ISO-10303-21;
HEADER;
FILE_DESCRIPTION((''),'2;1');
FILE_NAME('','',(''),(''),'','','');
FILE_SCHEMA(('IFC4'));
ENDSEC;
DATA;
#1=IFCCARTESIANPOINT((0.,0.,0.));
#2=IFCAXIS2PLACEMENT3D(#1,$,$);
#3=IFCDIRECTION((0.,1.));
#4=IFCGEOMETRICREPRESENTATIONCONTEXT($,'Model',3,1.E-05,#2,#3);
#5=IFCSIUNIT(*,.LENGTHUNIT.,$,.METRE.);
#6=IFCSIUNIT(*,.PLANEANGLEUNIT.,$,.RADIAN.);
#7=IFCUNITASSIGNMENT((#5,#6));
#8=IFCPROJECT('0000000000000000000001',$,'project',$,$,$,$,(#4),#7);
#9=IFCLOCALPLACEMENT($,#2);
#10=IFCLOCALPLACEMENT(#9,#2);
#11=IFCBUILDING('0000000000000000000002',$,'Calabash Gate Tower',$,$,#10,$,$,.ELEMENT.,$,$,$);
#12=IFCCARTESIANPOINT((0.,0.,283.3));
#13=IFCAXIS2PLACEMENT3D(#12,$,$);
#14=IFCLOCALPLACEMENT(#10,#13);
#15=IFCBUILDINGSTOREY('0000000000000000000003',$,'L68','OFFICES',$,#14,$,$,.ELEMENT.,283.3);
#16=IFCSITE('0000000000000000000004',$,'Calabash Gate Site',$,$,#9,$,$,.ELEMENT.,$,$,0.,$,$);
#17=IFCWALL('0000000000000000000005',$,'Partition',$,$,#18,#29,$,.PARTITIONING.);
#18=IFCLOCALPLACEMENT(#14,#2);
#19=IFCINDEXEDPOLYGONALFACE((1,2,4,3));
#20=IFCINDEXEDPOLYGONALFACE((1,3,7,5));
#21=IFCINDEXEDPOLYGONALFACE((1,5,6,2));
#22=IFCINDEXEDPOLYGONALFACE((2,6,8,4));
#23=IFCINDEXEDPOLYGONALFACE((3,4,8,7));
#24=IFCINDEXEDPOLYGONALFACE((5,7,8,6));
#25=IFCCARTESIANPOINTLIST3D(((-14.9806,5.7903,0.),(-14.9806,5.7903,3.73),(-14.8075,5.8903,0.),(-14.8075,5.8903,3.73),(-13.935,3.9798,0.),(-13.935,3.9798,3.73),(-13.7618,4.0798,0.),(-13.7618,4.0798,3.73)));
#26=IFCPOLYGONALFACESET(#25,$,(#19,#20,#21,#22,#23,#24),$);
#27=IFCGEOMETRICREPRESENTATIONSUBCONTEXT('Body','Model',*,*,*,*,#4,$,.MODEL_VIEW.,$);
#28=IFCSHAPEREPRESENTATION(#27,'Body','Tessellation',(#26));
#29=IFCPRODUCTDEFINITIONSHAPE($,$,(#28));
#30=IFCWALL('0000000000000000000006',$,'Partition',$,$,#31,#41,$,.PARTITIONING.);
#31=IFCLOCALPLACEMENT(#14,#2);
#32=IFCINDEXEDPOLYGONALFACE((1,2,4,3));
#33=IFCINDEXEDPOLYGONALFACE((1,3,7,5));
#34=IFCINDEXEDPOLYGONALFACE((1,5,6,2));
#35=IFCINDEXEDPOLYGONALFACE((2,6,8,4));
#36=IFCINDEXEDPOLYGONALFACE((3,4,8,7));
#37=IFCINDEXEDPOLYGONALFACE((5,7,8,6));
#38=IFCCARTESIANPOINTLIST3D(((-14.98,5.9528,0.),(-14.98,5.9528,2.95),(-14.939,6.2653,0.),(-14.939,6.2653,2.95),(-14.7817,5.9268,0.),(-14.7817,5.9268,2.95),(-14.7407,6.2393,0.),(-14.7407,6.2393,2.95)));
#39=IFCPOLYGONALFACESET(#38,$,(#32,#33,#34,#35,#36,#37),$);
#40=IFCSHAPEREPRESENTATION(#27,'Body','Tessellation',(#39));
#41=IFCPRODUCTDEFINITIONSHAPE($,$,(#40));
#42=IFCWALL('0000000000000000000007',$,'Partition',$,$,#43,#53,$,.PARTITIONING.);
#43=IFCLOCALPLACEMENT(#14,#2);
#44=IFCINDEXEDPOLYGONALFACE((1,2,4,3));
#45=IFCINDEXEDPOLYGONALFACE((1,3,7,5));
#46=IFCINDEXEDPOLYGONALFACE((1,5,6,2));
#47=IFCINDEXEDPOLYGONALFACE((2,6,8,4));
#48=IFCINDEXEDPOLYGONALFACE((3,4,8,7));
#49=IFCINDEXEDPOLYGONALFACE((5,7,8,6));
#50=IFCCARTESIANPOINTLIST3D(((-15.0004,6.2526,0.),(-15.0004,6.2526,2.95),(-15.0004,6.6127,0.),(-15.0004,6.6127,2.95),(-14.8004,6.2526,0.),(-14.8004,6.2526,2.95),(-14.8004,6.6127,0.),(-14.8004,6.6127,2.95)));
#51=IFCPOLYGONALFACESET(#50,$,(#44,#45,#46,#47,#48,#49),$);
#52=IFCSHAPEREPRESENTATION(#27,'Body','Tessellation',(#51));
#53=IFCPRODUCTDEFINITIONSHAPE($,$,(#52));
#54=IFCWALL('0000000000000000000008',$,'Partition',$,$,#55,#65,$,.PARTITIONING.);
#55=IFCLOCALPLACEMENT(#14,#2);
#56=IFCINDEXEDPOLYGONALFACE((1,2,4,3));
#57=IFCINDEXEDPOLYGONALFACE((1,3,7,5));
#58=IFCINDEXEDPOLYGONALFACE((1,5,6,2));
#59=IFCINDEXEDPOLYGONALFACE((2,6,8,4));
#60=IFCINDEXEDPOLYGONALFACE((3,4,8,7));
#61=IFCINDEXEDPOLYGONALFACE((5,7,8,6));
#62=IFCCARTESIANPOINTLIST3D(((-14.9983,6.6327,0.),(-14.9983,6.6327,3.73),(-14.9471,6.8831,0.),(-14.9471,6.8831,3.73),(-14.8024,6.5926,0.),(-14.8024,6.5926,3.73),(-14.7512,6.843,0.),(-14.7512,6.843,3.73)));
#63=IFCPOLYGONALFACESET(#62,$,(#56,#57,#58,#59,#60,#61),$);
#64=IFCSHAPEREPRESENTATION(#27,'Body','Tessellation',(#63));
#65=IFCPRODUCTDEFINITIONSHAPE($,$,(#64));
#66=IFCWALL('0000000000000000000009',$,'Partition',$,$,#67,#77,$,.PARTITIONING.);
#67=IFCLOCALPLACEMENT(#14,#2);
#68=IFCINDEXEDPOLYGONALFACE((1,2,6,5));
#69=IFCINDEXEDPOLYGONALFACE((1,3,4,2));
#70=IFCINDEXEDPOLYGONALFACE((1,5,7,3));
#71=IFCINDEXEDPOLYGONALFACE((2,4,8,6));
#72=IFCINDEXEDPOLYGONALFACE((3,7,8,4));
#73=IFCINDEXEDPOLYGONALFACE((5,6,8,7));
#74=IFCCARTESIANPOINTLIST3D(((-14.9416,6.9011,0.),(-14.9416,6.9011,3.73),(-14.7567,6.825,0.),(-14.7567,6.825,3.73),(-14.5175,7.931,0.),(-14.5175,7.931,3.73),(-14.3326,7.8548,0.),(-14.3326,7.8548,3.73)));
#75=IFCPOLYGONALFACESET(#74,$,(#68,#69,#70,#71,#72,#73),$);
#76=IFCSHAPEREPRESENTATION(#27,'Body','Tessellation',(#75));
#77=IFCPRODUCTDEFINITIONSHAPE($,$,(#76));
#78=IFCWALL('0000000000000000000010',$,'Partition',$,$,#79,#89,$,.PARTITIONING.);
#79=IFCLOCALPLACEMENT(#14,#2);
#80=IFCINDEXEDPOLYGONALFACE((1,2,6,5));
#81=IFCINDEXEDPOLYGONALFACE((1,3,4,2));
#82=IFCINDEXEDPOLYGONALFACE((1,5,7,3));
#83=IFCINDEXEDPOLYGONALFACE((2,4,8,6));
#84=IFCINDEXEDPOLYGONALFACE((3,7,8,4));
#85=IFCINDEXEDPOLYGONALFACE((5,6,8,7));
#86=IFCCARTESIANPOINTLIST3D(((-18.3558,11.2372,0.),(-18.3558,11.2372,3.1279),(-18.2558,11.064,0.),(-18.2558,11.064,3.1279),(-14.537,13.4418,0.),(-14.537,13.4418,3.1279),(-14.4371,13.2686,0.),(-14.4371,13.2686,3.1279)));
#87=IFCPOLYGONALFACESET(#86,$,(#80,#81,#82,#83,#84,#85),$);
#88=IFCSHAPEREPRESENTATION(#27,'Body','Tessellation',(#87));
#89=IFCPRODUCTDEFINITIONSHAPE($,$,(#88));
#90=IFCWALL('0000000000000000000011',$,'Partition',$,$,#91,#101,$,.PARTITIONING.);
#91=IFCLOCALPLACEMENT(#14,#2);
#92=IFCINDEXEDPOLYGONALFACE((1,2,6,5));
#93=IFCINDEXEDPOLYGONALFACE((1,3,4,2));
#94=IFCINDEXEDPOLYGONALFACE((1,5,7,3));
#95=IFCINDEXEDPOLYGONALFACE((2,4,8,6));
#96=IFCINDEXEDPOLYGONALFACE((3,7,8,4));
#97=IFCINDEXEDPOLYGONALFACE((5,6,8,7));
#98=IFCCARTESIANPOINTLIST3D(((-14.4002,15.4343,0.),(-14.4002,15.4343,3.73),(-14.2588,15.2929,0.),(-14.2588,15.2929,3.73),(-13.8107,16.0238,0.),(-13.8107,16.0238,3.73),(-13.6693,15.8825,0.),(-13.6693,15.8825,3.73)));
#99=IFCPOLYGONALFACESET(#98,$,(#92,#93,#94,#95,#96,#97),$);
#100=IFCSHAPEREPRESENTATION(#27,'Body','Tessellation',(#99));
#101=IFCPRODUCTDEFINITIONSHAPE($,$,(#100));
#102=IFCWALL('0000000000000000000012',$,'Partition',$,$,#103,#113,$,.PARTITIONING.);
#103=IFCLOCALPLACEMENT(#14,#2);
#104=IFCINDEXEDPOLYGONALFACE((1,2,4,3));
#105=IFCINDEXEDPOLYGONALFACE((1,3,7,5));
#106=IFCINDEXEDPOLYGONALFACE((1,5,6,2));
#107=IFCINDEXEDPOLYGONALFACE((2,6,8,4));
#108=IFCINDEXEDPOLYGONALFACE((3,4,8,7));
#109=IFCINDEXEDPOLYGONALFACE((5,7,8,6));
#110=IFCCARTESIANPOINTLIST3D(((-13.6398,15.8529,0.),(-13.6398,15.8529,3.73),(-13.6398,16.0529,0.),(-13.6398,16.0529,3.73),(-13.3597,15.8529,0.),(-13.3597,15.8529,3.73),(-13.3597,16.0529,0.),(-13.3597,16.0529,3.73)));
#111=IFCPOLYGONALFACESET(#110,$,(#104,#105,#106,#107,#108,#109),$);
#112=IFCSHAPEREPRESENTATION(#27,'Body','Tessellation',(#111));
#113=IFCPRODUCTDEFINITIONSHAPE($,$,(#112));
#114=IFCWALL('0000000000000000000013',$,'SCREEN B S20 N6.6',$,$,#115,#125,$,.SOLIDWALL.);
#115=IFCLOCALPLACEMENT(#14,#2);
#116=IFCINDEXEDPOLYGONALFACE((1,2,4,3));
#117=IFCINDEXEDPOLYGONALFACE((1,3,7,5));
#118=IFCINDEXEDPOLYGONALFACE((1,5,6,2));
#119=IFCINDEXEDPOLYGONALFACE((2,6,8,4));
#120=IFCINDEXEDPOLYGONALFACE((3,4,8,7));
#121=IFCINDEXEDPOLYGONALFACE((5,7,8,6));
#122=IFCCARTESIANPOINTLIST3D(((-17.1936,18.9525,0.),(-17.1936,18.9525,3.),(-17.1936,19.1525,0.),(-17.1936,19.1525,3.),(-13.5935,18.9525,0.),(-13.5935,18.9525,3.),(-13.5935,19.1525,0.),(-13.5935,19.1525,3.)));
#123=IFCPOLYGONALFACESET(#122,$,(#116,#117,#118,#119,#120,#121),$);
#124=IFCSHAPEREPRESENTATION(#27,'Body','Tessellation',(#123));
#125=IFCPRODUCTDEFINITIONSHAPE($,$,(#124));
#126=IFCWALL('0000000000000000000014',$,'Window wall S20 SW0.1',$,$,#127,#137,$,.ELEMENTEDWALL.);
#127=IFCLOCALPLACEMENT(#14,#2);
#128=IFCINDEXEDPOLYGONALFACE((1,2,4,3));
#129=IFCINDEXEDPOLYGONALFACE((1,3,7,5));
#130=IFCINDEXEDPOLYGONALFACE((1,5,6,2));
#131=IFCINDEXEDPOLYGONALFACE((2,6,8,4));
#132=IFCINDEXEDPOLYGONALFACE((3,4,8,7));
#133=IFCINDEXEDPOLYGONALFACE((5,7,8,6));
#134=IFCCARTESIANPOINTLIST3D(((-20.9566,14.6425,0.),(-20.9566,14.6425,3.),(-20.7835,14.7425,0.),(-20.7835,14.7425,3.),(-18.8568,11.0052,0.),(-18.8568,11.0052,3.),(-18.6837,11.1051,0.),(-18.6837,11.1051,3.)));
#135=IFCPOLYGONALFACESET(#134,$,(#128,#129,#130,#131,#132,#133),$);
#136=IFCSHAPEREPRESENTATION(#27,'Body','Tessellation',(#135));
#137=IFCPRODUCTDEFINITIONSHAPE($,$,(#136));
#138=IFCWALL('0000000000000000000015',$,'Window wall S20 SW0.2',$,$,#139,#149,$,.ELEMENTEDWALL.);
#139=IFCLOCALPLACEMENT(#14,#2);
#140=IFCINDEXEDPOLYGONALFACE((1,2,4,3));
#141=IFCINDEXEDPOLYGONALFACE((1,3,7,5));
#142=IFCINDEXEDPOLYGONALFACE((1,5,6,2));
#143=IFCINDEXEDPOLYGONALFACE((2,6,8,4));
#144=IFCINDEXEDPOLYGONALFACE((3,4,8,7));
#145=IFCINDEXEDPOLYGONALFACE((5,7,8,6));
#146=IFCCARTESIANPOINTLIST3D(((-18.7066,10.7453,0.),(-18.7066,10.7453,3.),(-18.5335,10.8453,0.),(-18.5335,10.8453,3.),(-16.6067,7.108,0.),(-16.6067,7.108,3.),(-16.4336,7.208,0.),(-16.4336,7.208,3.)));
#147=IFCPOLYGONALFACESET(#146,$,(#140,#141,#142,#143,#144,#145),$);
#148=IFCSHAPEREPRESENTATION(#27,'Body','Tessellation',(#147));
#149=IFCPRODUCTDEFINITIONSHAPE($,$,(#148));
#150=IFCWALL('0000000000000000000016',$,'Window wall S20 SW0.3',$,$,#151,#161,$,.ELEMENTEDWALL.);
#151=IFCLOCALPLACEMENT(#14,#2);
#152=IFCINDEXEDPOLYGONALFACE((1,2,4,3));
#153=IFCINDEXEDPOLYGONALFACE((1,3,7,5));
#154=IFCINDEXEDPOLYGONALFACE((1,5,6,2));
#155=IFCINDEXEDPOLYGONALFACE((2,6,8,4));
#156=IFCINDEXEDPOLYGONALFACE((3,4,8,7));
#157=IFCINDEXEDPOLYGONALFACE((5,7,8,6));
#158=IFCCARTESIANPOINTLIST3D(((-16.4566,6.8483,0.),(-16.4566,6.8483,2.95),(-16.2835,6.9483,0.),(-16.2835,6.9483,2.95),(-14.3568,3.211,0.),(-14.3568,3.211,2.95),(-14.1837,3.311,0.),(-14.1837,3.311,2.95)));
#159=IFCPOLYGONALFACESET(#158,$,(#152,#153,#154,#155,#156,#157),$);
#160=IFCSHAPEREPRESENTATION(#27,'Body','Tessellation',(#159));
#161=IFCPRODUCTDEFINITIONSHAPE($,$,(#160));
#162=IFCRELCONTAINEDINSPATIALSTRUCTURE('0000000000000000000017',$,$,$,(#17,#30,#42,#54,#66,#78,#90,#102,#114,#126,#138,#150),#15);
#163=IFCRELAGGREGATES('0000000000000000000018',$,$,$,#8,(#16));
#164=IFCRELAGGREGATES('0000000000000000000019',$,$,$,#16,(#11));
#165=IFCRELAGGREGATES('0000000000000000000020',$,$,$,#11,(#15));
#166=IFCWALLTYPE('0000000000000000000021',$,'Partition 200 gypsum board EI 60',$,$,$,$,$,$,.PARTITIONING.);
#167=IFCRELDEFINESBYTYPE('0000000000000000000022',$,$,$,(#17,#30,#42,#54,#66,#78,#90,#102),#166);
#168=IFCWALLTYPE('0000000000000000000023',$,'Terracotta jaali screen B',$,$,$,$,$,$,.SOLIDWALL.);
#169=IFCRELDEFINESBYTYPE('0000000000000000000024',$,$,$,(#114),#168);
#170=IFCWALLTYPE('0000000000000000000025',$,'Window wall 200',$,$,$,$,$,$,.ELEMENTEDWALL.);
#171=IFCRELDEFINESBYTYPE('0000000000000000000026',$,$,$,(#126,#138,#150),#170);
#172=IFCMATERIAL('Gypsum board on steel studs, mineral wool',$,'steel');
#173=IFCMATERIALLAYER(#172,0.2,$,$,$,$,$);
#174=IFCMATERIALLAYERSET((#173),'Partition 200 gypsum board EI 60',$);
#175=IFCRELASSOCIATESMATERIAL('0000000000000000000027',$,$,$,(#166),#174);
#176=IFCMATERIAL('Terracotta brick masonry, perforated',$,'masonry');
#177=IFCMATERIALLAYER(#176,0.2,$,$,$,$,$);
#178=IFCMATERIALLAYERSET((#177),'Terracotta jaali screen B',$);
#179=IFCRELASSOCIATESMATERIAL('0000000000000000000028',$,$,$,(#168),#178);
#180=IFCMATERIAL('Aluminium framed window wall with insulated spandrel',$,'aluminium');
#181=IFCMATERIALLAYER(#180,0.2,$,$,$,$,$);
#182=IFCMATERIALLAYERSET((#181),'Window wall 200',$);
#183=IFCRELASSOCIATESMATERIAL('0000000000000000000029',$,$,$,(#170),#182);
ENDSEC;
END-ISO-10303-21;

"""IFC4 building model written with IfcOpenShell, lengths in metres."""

from ifc_helpers import new_model, si_unit, direction, frame, frame_2d, origin, place, context, subcontext, project, spatial, rectangle, extrude, material, layer, layer_set, type_object, element, save


model = new_model("IFC4")

# Units and contexts
model_context = context("Model", 3, precision=1e-05, world=origin(), true_north=direction((0.0, 1.0)))
body_context = subcontext(model_context, "Body", "Model", "MODEL_VIEW")
ifc_project = project(units=[si_unit("LENGTHUNIT", "METRE"), si_unit("PLANEANGLEUNIT", "RADIAN")], contexts=[model_context])

# Site, building, storey
site_placement = place(None, origin())
site = spatial("IfcSite", under=ifc_project, at=site_placement, Name="Calabash Gate Site", CompositionType="ELEMENT", RefElevation=0.0)
building_placement = place(site_placement, origin())
building = spatial("IfcBuilding", under=site, at=building_placement, Name="Calabash Gate Tower", CompositionType="ELEMENT")
storey_placement = place(building_placement, frame((0.0, 0.0, 283.3)))
storey = spatial("IfcBuildingStorey", under=building, at=storey_placement, Name="L68", Description="OFFICES", CompositionType="ELEMENT", Elevation=283.3)

# Walls
ifc_material_1 = material(Name="Gypsum board on steel studs, mineral wool", Category="steel")
ifc_layer_1 = layer(ifc_material_1, 0.2)
ifc_layer_set_1 = layer_set([ifc_layer_1], Name="Partition 200 gypsum board EI 60")
wall_type_1 = type_object("IfcWallType", Name="Partition 200 gypsum board EI 60", PredefinedType="PARTITIONING", material=ifc_layer_set_1)
wall_1_placement = place(storey_placement, frame((-14.894, 5.8403, 0.0), z_axis=(0.0, 0.0, 1.0), x_axis=(0.50012, -0.865956, 0.0)))
element("IfcWall", 1, at=wall_1_placement, inside=storey, type_object=wall_type_1, Name="Partition", PredefinedType="PARTITIONING", context=body_context, shape_type="SweptSolid", body=[
    extrude(rectangle(XDim=2.0908, YDim=0.2, at=frame_2d((1.0454, 0.0))), origin(), (0.0, 0.0, 1.0), 3.73),
])
wall_2_placement = place(storey_placement, frame((-14.8809, 5.9397, 0.0), z_axis=(0.0, 0.0, 1.0), x_axis=(0.130134, 0.991496, 0.0)))
element("IfcWall", 2, at=wall_2_placement, inside=storey, type_object=wall_type_1, Name="Partition", PredefinedType="PARTITIONING", context=body_context, shape_type="SweptSolid", body=[
    extrude(rectangle(XDim=0.3152, YDim=0.2, at=frame_2d((0.1577, 0.0))), origin(), (0.0, 0.0, 1.0), 2.95),
])
wall_3_placement = place(storey_placement, frame((-14.9004, 6.2524, 0.0), z_axis=(0.0, 0.0, 1.0), x_axis=(0.0, 1.0, 0.0)))
element("IfcWall", 3, at=wall_3_placement, inside=storey, type_object=wall_type_1, Name="Partition", PredefinedType="PARTITIONING", context=body_context, shape_type="SweptSolid", body=[
    extrude(rectangle(XDim=0.3601, YDim=0.2, at=frame_2d((0.1802, 0.0))), origin(), (0.0, 0.0, 1.0), 2.95),
])
wall_4_placement = place(storey_placement, frame((-14.9004, 6.6125, 0.0), z_axis=(0.0, 0.0, 1.0), x_axis=(0.200521, 0.979689, 0.0)))
element("IfcWall", 4, at=wall_4_placement, inside=storey, type_object=wall_type_1, Name="Partition", PredefinedType="PARTITIONING", context=body_context, shape_type="SweptSolid", body=[
    extrude(rectangle(XDim=0.2556, YDim=0.2, at=frame_2d((0.1279, 0.0))), origin(), (0.0, 0.0, 1.0), 3.73),
])
wall_5_placement = place(storey_placement, frame((-14.8491, 6.863, 0.0), z_axis=(0.0, 0.0, 1.0), x_axis=(0.380783, 0.924664, 0.0)))
element("IfcWall", 5, at=wall_5_placement, inside=storey, type_object=wall_type_1, Name="Partition", PredefinedType="PARTITIONING", context=body_context, shape_type="SweptSolid", body=[
    extrude(rectangle(XDim=1.1138, YDim=0.2, at=frame_2d((0.5569, 0.0))), origin(), (0.0, 0.0, 1.0), 3.73),
])

# Wall
wall_6_placement = place(storey_placement, frame((-18.3057, 11.1506, 0.0), z_axis=(0.0, 0.0, 1.0), x_axis=(0.866033, 0.499986, 0.0)))
element("IfcWall", 6, at=wall_6_placement, inside=storey, type_object=wall_type_1, Name="Partition", PredefinedType="PARTITIONING", context=body_context, shape_type="SweptSolid", body=[
    extrude(rectangle(XDim=4.4094, YDim=0.2, at=frame_2d((2.2046, 0.0))), origin(), (0.0, 0.0, 1.0), 3.1279),
])

# Walls
wall_7_placement = place(storey_placement, frame((-14.3296, 15.3635, 0.0), z_axis=(0.0, 0.0, 1.0), x_axis=(0.707107, 0.707107, 0.0)))
element("IfcWall", 7, at=wall_7_placement, inside=storey, type_object=wall_type_1, Name="Partition", PredefinedType="PARTITIONING", context=body_context, shape_type="SweptSolid", body=[
    extrude(rectangle(XDim=0.8337, YDim=0.2, at=frame_2d((0.417, 0.0))), origin(), (0.0, 0.0, 1.0), 3.73),
])
wall_8_placement = place(storey_placement, frame((-13.6399, 15.9529, 0.0), z_axis=(0.0, 0.0, 1.0), x_axis=(1.0, 0.0, 0.0)))
element("IfcWall", 8, at=wall_8_placement, inside=storey, type_object=wall_type_1, Name="Partition", PredefinedType="PARTITIONING", context=body_context, shape_type="SweptSolid", body=[
    extrude(rectangle(XDim=0.28, YDim=0.2, at=frame_2d((0.1401, 0.0))), origin(), (0.0, 0.0, 1.0), 3.73),
])
ifc_material_2 = material(Name="Terracotta brick masonry, perforated", Category="masonry")
ifc_layer_2 = layer(ifc_material_2, 0.2)
ifc_layer_set_2 = layer_set([ifc_layer_2], Name="Terracotta jaali screen B")
wall_type_2 = type_object("IfcWallType", Name="Terracotta jaali screen B", PredefinedType="SOLIDWALL", material=ifc_layer_set_2)
wall_9_placement = place(storey_placement, frame((-13.5935, 19.0525, 0.0), z_axis=(0.0, 0.0, 1.0), x_axis=(-1.0, 0.0, 0.0)))
element("IfcWall", 9, at=wall_9_placement, inside=storey, type_object=wall_type_2, Name="SCREEN B S20 N6.6", PredefinedType="SOLIDWALL", context=body_context, shape_type="SweptSolid", body=[
    extrude(rectangle(XDim=3.6001, YDim=0.2, at=frame_2d((1.8, 0.0))), origin(), (0.0, 0.0, 1.0), 3.0),
])
ifc_material_3 = material(Name="Aluminium framed window wall with insulated spandrel", Category="aluminium")
ifc_layer_3 = layer(ifc_material_3, 0.2)
ifc_layer_set_3 = layer_set([ifc_layer_3], Name="Window wall 200")
wall_type_3 = type_object("IfcWallType", Name="Window wall 200", PredefinedType="ELEMENTEDWALL", material=ifc_layer_set_3)
for number, where, z_axis, x_axis, name in (
    (10, (-20.8701, 14.6926, 0.0), (0.0, 0.0, 1.0), (0.499959, -0.866049, 0.0), "Window wall S20 SW0.1"),
    (11, (-18.6201, 10.7954, 0.0), (0.0, 0.0, 1.0), (0.499984, -0.866035, 0.0), "Window wall S20 SW0.2"),
):
    element("IfcWall", number, at=place(storey_placement, frame(where, z_axis=z_axis, x_axis=x_axis)), inside=storey, type_object=wall_type_3, Name=name, PredefinedType="ELEMENTEDWALL", context=body_context, shape_type="SweptSolid", body=[
        extrude(rectangle(XDim=4.2, YDim=0.2, at=frame_2d((2.1001, 0.0))), origin(), (0.0, 0.0, 1.0), 3.0),
    ])
wall_10_placement = place(storey_placement, frame((-16.3701, 6.8984, 0.0), z_axis=(0.0, 0.0, 1.0), x_axis=(0.499959, -0.866049, 0.0)))
element("IfcWall", 12, at=wall_10_placement, inside=storey, type_object=wall_type_3, Name="Window wall S20 SW0.3", PredefinedType="ELEMENTEDWALL", context=body_context, shape_type="SweptSolid", body=[
    extrude(rectangle(XDim=4.2, YDim=0.2, at=frame_2d((2.1001, 0.0))), origin(), (0.0, 0.0, 1.0), 2.95),
])

save(model, "model.ifc")
